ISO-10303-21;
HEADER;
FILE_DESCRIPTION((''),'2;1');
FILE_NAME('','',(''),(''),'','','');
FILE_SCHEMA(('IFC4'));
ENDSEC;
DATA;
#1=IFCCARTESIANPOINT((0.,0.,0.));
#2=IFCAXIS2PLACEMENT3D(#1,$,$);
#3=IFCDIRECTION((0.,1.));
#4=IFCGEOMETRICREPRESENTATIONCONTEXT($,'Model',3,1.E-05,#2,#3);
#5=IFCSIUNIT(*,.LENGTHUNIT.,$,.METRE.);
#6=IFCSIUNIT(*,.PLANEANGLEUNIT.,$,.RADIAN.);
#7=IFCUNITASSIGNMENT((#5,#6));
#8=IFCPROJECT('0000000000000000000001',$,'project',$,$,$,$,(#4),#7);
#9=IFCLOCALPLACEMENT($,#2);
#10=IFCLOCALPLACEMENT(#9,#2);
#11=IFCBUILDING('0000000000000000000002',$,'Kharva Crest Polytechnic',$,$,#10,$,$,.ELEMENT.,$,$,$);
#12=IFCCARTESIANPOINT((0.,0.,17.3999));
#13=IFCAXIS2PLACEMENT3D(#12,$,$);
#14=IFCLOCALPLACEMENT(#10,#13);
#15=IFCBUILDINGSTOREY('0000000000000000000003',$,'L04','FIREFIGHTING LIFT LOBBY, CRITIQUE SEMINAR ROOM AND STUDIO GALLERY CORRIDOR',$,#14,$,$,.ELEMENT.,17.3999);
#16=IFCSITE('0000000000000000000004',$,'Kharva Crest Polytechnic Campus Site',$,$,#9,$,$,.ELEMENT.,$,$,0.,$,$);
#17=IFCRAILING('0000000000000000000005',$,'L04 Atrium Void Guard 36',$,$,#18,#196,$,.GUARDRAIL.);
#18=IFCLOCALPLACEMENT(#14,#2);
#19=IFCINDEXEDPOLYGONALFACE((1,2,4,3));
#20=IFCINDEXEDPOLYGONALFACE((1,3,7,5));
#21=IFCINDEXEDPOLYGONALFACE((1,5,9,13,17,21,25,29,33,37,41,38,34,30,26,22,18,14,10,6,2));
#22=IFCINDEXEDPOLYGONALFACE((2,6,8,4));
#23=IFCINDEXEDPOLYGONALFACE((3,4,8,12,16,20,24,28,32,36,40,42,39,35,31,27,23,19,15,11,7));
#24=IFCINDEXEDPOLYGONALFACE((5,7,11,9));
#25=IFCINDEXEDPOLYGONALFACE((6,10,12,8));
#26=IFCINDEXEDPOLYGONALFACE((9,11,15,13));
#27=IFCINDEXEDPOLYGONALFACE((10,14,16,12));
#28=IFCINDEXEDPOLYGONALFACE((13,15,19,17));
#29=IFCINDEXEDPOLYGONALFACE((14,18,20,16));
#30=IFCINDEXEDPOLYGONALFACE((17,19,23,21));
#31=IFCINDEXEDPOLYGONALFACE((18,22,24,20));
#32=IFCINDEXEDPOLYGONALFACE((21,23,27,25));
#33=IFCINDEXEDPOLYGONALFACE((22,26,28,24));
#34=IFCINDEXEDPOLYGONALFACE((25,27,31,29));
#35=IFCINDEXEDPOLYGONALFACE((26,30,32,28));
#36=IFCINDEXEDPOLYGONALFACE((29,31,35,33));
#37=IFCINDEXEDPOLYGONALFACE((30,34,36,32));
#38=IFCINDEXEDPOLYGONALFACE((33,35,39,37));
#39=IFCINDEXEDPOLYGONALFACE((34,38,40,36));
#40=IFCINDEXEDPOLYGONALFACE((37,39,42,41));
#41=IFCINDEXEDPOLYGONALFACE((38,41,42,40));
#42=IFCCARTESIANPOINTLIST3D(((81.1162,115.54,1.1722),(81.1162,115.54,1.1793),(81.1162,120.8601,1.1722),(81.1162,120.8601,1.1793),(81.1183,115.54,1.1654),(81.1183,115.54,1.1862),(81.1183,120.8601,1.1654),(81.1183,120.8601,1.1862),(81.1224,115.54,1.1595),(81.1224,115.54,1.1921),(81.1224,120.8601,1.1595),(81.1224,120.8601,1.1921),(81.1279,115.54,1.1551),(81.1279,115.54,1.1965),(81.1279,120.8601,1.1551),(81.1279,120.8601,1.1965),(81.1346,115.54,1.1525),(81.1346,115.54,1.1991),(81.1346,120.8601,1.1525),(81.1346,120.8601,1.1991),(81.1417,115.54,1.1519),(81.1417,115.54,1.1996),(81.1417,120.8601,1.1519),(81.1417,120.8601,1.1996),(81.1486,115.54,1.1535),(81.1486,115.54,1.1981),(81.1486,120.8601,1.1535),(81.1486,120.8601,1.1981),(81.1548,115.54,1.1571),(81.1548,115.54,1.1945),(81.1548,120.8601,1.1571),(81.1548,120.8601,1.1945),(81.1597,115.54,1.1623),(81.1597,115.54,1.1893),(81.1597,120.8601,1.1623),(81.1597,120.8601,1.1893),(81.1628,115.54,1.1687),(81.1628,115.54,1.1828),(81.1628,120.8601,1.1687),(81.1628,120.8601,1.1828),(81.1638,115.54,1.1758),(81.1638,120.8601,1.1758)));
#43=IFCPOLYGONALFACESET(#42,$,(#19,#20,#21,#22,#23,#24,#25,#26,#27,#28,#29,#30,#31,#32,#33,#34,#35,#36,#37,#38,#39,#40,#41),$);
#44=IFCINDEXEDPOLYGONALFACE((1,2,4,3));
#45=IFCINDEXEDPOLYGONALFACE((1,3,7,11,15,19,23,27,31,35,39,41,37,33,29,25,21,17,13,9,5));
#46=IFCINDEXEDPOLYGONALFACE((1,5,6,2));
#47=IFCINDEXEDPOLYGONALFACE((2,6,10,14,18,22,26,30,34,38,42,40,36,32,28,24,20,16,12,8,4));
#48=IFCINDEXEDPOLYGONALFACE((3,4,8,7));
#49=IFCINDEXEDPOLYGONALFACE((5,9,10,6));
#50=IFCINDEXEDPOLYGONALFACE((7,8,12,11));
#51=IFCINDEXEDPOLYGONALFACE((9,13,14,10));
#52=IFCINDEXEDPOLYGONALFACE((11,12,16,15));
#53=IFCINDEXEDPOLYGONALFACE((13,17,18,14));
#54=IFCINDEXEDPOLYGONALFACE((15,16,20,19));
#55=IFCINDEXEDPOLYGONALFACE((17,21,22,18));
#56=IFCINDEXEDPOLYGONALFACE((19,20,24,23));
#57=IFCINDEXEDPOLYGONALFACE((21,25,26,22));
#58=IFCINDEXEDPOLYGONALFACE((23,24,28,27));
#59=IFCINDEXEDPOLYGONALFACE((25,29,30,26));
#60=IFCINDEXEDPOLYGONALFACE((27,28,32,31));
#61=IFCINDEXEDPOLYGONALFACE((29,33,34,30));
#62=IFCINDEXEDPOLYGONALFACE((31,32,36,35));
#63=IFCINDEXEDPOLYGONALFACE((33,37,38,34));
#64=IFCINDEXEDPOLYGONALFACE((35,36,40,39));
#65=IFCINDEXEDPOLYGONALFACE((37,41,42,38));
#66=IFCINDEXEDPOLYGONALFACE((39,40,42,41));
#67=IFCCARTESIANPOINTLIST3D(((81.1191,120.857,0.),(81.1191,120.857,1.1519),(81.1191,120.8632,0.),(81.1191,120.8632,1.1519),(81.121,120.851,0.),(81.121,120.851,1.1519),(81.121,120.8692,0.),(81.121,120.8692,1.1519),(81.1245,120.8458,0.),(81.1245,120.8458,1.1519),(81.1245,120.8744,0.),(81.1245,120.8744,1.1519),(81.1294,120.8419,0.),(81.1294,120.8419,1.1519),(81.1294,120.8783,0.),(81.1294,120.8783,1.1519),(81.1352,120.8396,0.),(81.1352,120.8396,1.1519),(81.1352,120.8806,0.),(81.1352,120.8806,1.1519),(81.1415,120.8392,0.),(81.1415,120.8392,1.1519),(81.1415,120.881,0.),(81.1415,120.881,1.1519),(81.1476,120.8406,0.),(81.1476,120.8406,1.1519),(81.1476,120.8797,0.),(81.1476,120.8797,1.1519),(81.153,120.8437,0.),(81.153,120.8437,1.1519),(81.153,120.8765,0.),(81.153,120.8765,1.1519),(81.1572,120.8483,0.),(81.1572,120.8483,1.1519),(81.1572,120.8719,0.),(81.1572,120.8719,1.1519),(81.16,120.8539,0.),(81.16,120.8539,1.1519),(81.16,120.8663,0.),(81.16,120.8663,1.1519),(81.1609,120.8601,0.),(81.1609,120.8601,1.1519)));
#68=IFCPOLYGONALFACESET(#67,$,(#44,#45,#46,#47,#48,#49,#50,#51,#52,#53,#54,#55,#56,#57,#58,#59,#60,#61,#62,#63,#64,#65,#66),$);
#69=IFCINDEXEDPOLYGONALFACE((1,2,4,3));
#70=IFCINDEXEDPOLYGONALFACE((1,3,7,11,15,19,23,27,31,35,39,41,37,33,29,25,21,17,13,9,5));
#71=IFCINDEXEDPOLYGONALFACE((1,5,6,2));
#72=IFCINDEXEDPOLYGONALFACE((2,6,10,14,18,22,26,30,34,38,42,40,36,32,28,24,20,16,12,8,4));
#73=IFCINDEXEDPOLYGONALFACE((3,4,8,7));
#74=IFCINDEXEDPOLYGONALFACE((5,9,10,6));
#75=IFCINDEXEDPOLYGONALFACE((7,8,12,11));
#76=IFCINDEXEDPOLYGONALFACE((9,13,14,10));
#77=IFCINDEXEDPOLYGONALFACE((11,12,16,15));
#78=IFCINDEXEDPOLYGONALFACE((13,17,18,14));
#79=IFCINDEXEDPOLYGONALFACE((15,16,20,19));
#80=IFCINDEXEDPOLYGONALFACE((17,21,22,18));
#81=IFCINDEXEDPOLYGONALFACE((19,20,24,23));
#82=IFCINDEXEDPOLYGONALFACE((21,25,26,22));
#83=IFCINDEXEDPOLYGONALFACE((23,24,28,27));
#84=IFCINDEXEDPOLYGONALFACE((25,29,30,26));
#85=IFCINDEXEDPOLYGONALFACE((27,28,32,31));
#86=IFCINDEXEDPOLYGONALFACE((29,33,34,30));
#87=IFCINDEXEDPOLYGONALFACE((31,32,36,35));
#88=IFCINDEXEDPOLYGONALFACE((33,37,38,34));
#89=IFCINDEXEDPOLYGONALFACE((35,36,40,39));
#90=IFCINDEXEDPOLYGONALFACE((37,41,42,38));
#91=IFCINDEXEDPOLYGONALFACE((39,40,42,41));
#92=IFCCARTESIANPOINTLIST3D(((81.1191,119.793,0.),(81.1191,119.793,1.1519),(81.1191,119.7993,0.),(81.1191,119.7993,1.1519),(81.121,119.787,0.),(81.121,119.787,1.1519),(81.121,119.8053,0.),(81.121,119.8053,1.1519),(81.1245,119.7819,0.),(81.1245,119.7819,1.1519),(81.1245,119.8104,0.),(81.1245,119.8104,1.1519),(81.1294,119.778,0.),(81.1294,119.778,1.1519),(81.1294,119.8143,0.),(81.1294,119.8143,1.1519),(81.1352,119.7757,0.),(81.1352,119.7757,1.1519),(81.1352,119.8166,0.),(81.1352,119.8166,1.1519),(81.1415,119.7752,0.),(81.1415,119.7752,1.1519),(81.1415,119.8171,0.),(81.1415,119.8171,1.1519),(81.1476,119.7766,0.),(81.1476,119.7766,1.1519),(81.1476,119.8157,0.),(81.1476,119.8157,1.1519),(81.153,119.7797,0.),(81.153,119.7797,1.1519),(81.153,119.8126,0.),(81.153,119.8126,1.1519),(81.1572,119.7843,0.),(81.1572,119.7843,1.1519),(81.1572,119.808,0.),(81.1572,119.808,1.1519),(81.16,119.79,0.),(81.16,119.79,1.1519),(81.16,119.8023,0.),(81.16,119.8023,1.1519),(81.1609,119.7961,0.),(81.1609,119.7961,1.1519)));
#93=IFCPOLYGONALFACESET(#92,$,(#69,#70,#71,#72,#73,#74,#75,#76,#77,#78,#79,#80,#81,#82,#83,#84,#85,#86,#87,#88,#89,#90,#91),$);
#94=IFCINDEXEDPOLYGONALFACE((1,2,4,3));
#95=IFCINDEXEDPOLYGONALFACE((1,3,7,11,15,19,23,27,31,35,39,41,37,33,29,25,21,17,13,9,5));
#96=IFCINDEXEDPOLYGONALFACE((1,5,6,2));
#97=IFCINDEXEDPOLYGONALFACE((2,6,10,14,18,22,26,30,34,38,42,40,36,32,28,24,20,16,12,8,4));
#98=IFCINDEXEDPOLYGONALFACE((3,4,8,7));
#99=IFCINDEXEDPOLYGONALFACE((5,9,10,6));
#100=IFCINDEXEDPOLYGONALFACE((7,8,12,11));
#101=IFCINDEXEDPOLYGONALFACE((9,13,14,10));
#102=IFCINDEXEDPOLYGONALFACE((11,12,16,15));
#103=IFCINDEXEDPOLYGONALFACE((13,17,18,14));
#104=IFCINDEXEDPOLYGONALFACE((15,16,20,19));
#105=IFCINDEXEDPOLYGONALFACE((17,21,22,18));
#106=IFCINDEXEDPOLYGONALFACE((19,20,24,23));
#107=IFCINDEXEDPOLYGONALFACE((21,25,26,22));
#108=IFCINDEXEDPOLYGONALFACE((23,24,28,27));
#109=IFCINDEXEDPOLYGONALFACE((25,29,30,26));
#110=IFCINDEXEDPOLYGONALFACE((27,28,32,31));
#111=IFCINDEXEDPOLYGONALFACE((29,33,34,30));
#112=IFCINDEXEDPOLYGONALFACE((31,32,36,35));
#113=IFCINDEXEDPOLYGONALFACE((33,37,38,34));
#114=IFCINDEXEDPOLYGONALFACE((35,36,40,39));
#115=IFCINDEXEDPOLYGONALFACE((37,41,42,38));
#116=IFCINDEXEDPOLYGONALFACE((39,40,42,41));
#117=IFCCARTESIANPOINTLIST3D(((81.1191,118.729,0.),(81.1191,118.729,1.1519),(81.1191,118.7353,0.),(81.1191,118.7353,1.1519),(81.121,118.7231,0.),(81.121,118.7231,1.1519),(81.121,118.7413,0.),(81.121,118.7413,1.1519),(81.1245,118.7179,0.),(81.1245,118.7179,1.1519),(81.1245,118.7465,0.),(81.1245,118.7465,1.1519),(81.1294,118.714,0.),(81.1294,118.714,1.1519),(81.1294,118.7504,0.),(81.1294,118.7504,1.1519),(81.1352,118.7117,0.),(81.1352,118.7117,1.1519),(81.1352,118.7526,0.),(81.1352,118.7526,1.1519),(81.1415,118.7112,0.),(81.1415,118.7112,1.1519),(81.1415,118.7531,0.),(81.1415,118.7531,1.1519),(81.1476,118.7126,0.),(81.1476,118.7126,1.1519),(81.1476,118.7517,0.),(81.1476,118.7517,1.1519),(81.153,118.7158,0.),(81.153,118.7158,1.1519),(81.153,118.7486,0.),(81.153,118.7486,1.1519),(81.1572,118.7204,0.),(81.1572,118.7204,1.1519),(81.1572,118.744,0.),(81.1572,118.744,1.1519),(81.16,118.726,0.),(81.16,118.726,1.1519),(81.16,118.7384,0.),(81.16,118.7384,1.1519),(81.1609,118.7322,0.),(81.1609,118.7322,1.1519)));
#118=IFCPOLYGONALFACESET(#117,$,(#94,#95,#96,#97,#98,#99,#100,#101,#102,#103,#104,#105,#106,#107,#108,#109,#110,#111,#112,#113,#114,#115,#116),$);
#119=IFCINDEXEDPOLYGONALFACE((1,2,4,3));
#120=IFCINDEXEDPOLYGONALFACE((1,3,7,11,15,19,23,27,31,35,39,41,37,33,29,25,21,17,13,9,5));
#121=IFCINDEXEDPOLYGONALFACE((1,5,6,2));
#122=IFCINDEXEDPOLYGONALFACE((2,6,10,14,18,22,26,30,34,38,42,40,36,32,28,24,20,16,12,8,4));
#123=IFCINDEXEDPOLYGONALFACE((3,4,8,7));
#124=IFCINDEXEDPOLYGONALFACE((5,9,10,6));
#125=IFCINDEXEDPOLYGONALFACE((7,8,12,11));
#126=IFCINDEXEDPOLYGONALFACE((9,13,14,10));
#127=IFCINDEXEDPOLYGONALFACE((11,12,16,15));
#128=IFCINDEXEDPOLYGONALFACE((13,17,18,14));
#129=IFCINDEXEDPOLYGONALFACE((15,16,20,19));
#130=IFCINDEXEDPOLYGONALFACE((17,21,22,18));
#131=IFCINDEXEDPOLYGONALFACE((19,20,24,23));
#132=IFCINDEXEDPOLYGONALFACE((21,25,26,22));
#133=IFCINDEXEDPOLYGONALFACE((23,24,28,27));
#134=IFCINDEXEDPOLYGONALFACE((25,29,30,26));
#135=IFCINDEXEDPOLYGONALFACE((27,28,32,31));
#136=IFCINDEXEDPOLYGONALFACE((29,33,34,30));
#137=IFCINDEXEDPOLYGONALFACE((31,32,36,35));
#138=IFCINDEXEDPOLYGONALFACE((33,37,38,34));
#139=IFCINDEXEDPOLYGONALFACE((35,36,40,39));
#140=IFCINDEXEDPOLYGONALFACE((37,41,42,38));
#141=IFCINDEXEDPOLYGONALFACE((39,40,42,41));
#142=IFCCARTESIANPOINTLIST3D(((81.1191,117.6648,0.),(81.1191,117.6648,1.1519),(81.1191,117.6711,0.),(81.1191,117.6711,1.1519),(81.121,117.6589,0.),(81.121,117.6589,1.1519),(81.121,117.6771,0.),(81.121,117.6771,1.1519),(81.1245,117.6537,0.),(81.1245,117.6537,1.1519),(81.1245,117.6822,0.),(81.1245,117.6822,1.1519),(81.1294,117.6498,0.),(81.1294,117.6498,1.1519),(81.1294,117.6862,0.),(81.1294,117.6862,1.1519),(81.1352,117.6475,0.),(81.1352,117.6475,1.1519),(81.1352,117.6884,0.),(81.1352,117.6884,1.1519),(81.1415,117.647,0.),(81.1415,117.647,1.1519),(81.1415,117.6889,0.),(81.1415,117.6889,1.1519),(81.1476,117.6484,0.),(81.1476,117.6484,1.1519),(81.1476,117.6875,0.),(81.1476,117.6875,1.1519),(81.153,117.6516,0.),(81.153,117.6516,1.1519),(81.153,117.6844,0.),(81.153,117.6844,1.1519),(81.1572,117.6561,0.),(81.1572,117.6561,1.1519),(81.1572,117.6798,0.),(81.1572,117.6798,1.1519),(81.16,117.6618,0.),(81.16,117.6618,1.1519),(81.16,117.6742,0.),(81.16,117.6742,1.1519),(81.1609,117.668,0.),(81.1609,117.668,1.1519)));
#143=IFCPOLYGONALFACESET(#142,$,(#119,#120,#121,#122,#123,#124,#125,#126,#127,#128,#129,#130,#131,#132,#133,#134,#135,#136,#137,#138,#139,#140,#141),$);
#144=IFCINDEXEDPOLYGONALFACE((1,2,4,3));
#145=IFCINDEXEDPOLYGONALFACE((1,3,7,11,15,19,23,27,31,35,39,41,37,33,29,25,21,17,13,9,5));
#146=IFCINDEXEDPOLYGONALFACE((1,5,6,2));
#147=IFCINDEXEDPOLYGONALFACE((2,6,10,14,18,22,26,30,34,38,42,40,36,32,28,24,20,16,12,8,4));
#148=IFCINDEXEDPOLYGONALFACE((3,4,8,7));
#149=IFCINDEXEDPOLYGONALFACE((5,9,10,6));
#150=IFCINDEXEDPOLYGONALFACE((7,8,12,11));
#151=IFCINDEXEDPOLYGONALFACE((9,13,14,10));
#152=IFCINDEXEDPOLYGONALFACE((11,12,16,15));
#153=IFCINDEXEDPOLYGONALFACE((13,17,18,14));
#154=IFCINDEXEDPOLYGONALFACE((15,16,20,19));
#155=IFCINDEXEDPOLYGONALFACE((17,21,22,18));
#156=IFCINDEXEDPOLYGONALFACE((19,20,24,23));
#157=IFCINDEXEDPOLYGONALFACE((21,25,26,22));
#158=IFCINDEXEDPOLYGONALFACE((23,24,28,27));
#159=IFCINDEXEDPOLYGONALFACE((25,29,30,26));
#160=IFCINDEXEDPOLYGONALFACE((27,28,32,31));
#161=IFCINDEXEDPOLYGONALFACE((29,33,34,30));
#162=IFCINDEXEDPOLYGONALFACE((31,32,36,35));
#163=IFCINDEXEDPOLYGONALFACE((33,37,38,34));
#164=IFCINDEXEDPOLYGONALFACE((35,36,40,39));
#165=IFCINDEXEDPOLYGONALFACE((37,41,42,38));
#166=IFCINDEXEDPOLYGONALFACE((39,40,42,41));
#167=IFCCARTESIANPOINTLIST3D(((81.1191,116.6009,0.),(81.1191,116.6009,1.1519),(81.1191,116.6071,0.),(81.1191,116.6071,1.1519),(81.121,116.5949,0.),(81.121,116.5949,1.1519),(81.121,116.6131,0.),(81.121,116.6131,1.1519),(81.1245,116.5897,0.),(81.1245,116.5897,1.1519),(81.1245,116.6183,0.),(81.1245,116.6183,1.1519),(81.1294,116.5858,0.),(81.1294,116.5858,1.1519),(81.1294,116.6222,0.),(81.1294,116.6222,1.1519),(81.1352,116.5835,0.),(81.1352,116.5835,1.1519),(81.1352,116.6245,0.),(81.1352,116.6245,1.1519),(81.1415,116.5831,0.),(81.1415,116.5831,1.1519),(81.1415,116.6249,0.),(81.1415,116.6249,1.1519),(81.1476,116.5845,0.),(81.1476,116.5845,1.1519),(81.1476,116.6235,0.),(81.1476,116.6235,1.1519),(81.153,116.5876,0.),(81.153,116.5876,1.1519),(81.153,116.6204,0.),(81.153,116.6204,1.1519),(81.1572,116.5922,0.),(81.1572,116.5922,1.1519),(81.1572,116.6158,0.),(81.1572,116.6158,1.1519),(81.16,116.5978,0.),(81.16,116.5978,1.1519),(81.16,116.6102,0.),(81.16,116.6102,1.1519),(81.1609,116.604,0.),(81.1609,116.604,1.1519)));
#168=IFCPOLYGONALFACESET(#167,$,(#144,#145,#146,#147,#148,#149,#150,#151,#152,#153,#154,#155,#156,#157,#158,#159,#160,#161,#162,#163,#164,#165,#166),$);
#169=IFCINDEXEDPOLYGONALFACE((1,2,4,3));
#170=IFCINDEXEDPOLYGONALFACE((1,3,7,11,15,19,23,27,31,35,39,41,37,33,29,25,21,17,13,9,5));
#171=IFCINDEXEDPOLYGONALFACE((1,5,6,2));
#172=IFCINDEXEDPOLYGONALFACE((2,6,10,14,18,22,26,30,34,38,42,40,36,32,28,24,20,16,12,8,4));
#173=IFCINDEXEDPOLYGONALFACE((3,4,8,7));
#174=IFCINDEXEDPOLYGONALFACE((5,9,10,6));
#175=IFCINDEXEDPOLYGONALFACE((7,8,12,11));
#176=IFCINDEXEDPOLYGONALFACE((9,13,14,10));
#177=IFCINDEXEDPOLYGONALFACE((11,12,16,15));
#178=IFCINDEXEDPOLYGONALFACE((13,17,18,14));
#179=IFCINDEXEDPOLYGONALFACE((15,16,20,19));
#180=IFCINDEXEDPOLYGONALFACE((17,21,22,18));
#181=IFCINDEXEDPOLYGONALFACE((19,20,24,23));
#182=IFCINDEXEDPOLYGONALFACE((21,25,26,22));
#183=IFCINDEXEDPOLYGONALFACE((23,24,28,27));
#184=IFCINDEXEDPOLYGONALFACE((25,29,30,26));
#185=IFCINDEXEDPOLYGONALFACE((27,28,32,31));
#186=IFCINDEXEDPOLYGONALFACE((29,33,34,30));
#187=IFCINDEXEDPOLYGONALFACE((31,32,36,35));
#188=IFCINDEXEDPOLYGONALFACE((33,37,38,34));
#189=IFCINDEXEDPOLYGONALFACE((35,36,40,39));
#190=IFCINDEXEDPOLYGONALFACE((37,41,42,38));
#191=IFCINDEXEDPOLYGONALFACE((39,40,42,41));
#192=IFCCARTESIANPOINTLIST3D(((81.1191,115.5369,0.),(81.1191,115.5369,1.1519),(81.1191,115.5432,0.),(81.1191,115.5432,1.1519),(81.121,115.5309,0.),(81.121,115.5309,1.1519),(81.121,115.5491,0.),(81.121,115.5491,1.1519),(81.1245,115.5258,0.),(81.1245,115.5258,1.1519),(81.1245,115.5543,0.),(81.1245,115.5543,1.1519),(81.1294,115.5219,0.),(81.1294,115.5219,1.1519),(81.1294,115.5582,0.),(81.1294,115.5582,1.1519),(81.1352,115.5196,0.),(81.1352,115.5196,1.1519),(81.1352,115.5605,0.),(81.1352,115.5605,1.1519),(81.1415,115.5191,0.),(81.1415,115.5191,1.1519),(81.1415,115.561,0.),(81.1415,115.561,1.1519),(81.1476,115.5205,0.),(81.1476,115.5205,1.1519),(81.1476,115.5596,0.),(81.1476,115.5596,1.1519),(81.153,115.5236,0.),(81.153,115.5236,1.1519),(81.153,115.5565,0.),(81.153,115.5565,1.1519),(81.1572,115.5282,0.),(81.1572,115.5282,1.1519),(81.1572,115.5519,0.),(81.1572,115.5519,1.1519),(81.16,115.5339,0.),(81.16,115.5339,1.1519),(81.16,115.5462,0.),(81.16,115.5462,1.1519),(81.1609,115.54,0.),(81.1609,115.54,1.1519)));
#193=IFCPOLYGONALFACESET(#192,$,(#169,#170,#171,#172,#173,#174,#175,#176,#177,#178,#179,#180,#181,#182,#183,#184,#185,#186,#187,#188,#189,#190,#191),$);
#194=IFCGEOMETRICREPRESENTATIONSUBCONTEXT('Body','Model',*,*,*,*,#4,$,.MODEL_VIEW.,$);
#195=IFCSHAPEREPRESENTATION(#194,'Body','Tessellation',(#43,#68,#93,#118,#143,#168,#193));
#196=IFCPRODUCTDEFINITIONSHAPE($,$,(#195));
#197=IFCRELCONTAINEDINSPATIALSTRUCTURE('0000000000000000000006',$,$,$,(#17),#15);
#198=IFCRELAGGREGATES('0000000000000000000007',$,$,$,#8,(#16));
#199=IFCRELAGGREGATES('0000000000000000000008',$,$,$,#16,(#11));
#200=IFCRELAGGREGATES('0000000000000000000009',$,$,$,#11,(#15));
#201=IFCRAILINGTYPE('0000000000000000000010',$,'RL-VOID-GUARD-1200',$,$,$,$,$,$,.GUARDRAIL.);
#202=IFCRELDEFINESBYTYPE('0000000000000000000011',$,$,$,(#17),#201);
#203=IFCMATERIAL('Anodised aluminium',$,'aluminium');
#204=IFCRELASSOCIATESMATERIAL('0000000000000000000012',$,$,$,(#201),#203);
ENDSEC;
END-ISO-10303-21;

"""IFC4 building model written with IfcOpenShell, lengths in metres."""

from ifc_helpers import new_model, si_unit, direction, frame, origin, origin_2d, place, context, subcontext, project, spatial, circle, extrude, material, type_object, element, save


model = new_model("IFC4")

# Units and contexts
model_context = context("Model", 3, precision=1e-05, world=origin(), true_north=direction((0.0, 1.0)))
body_context = subcontext(model_context, "Body", "Model", "MODEL_VIEW")
ifc_project = project(units=[si_unit("LENGTHUNIT", "METRE"), si_unit("PLANEANGLEUNIT", "RADIAN")], contexts=[model_context])

# Site, building, storey
site_placement = place(None, origin())
site = spatial("IfcSite", under=ifc_project, at=site_placement, Name="Kharva Crest Polytechnic Campus Site", CompositionType="ELEMENT", RefElevation=0.0)
building_placement = place(site_placement, origin())
building = spatial("IfcBuilding", under=site, at=building_placement, Name="Kharva Crest Polytechnic", CompositionType="ELEMENT")
storey_placement = place(building_placement, frame((0.0, 0.0, 17.3999)))
storey = spatial("IfcBuildingStorey", under=building, at=storey_placement, Name="L04", Description="FIREFIGHTING LIFT LOBBY, CRITIQUE SEMINAR ROOM AND STUDIO GALLERY CORRIDOR", CompositionType="ELEMENT", Elevation=17.3999)

# Railing
ifc_material_1 = material(Name="Anodised aluminium", Category="aluminium")
railing_type = type_object("IfcRailingType", Name="RL-VOID-GUARD-1200", PredefinedType="GUARDRAIL", material=ifc_material_1)
railing_1_placement = place(storey_placement, frame((81.1399, 120.8601, 0.0)))
element("IfcRailing", 1, at=railing_1_placement, inside=storey, type_object=railing_type, Name="L04 Atrium Void Guard 36", PredefinedType="GUARDRAIL", context=body_context, shape_type="SweptSolid", body=[
    extrude(circle(Radius=0.0239, at=origin_2d()), frame((0.0, 0.0, 1.1758), z_axis=(0.0, -1.0, 0.0), x_axis=(1.0, 0.0, 0.0)), (0.0, 0.0, 1.0), 5.3201),
    extrude(circle(Radius=0.021, at=origin_2d()), origin(), (0.0, 0.0, 1.0), 1.1519),
    extrude(circle(Radius=0.021, at=origin_2d()), frame((0.0, -1.064, 0.0)), (0.0, 0.0, 1.0), 1.1519),
    extrude(circle(Radius=0.021, at=origin_2d()), frame((0.0, -2.1279, 0.0)), (0.0, 0.0, 1.0), 1.1519),
    extrude(circle(Radius=0.021, at=origin_2d()), frame((0.0, -3.1921, 0.0)), (0.0, 0.0, 1.0), 1.1519),
    extrude(circle(Radius=0.021, at=origin_2d()), frame((0.0, -4.2561, 0.0)), (0.0, 0.0, 1.0), 1.1519),
    extrude(circle(Radius=0.021, at=origin_2d()), frame((0.0, -5.3201, 0.0)), (0.0, 0.0, 1.0), 1.1519),
])

save(model, "model.ifc")
